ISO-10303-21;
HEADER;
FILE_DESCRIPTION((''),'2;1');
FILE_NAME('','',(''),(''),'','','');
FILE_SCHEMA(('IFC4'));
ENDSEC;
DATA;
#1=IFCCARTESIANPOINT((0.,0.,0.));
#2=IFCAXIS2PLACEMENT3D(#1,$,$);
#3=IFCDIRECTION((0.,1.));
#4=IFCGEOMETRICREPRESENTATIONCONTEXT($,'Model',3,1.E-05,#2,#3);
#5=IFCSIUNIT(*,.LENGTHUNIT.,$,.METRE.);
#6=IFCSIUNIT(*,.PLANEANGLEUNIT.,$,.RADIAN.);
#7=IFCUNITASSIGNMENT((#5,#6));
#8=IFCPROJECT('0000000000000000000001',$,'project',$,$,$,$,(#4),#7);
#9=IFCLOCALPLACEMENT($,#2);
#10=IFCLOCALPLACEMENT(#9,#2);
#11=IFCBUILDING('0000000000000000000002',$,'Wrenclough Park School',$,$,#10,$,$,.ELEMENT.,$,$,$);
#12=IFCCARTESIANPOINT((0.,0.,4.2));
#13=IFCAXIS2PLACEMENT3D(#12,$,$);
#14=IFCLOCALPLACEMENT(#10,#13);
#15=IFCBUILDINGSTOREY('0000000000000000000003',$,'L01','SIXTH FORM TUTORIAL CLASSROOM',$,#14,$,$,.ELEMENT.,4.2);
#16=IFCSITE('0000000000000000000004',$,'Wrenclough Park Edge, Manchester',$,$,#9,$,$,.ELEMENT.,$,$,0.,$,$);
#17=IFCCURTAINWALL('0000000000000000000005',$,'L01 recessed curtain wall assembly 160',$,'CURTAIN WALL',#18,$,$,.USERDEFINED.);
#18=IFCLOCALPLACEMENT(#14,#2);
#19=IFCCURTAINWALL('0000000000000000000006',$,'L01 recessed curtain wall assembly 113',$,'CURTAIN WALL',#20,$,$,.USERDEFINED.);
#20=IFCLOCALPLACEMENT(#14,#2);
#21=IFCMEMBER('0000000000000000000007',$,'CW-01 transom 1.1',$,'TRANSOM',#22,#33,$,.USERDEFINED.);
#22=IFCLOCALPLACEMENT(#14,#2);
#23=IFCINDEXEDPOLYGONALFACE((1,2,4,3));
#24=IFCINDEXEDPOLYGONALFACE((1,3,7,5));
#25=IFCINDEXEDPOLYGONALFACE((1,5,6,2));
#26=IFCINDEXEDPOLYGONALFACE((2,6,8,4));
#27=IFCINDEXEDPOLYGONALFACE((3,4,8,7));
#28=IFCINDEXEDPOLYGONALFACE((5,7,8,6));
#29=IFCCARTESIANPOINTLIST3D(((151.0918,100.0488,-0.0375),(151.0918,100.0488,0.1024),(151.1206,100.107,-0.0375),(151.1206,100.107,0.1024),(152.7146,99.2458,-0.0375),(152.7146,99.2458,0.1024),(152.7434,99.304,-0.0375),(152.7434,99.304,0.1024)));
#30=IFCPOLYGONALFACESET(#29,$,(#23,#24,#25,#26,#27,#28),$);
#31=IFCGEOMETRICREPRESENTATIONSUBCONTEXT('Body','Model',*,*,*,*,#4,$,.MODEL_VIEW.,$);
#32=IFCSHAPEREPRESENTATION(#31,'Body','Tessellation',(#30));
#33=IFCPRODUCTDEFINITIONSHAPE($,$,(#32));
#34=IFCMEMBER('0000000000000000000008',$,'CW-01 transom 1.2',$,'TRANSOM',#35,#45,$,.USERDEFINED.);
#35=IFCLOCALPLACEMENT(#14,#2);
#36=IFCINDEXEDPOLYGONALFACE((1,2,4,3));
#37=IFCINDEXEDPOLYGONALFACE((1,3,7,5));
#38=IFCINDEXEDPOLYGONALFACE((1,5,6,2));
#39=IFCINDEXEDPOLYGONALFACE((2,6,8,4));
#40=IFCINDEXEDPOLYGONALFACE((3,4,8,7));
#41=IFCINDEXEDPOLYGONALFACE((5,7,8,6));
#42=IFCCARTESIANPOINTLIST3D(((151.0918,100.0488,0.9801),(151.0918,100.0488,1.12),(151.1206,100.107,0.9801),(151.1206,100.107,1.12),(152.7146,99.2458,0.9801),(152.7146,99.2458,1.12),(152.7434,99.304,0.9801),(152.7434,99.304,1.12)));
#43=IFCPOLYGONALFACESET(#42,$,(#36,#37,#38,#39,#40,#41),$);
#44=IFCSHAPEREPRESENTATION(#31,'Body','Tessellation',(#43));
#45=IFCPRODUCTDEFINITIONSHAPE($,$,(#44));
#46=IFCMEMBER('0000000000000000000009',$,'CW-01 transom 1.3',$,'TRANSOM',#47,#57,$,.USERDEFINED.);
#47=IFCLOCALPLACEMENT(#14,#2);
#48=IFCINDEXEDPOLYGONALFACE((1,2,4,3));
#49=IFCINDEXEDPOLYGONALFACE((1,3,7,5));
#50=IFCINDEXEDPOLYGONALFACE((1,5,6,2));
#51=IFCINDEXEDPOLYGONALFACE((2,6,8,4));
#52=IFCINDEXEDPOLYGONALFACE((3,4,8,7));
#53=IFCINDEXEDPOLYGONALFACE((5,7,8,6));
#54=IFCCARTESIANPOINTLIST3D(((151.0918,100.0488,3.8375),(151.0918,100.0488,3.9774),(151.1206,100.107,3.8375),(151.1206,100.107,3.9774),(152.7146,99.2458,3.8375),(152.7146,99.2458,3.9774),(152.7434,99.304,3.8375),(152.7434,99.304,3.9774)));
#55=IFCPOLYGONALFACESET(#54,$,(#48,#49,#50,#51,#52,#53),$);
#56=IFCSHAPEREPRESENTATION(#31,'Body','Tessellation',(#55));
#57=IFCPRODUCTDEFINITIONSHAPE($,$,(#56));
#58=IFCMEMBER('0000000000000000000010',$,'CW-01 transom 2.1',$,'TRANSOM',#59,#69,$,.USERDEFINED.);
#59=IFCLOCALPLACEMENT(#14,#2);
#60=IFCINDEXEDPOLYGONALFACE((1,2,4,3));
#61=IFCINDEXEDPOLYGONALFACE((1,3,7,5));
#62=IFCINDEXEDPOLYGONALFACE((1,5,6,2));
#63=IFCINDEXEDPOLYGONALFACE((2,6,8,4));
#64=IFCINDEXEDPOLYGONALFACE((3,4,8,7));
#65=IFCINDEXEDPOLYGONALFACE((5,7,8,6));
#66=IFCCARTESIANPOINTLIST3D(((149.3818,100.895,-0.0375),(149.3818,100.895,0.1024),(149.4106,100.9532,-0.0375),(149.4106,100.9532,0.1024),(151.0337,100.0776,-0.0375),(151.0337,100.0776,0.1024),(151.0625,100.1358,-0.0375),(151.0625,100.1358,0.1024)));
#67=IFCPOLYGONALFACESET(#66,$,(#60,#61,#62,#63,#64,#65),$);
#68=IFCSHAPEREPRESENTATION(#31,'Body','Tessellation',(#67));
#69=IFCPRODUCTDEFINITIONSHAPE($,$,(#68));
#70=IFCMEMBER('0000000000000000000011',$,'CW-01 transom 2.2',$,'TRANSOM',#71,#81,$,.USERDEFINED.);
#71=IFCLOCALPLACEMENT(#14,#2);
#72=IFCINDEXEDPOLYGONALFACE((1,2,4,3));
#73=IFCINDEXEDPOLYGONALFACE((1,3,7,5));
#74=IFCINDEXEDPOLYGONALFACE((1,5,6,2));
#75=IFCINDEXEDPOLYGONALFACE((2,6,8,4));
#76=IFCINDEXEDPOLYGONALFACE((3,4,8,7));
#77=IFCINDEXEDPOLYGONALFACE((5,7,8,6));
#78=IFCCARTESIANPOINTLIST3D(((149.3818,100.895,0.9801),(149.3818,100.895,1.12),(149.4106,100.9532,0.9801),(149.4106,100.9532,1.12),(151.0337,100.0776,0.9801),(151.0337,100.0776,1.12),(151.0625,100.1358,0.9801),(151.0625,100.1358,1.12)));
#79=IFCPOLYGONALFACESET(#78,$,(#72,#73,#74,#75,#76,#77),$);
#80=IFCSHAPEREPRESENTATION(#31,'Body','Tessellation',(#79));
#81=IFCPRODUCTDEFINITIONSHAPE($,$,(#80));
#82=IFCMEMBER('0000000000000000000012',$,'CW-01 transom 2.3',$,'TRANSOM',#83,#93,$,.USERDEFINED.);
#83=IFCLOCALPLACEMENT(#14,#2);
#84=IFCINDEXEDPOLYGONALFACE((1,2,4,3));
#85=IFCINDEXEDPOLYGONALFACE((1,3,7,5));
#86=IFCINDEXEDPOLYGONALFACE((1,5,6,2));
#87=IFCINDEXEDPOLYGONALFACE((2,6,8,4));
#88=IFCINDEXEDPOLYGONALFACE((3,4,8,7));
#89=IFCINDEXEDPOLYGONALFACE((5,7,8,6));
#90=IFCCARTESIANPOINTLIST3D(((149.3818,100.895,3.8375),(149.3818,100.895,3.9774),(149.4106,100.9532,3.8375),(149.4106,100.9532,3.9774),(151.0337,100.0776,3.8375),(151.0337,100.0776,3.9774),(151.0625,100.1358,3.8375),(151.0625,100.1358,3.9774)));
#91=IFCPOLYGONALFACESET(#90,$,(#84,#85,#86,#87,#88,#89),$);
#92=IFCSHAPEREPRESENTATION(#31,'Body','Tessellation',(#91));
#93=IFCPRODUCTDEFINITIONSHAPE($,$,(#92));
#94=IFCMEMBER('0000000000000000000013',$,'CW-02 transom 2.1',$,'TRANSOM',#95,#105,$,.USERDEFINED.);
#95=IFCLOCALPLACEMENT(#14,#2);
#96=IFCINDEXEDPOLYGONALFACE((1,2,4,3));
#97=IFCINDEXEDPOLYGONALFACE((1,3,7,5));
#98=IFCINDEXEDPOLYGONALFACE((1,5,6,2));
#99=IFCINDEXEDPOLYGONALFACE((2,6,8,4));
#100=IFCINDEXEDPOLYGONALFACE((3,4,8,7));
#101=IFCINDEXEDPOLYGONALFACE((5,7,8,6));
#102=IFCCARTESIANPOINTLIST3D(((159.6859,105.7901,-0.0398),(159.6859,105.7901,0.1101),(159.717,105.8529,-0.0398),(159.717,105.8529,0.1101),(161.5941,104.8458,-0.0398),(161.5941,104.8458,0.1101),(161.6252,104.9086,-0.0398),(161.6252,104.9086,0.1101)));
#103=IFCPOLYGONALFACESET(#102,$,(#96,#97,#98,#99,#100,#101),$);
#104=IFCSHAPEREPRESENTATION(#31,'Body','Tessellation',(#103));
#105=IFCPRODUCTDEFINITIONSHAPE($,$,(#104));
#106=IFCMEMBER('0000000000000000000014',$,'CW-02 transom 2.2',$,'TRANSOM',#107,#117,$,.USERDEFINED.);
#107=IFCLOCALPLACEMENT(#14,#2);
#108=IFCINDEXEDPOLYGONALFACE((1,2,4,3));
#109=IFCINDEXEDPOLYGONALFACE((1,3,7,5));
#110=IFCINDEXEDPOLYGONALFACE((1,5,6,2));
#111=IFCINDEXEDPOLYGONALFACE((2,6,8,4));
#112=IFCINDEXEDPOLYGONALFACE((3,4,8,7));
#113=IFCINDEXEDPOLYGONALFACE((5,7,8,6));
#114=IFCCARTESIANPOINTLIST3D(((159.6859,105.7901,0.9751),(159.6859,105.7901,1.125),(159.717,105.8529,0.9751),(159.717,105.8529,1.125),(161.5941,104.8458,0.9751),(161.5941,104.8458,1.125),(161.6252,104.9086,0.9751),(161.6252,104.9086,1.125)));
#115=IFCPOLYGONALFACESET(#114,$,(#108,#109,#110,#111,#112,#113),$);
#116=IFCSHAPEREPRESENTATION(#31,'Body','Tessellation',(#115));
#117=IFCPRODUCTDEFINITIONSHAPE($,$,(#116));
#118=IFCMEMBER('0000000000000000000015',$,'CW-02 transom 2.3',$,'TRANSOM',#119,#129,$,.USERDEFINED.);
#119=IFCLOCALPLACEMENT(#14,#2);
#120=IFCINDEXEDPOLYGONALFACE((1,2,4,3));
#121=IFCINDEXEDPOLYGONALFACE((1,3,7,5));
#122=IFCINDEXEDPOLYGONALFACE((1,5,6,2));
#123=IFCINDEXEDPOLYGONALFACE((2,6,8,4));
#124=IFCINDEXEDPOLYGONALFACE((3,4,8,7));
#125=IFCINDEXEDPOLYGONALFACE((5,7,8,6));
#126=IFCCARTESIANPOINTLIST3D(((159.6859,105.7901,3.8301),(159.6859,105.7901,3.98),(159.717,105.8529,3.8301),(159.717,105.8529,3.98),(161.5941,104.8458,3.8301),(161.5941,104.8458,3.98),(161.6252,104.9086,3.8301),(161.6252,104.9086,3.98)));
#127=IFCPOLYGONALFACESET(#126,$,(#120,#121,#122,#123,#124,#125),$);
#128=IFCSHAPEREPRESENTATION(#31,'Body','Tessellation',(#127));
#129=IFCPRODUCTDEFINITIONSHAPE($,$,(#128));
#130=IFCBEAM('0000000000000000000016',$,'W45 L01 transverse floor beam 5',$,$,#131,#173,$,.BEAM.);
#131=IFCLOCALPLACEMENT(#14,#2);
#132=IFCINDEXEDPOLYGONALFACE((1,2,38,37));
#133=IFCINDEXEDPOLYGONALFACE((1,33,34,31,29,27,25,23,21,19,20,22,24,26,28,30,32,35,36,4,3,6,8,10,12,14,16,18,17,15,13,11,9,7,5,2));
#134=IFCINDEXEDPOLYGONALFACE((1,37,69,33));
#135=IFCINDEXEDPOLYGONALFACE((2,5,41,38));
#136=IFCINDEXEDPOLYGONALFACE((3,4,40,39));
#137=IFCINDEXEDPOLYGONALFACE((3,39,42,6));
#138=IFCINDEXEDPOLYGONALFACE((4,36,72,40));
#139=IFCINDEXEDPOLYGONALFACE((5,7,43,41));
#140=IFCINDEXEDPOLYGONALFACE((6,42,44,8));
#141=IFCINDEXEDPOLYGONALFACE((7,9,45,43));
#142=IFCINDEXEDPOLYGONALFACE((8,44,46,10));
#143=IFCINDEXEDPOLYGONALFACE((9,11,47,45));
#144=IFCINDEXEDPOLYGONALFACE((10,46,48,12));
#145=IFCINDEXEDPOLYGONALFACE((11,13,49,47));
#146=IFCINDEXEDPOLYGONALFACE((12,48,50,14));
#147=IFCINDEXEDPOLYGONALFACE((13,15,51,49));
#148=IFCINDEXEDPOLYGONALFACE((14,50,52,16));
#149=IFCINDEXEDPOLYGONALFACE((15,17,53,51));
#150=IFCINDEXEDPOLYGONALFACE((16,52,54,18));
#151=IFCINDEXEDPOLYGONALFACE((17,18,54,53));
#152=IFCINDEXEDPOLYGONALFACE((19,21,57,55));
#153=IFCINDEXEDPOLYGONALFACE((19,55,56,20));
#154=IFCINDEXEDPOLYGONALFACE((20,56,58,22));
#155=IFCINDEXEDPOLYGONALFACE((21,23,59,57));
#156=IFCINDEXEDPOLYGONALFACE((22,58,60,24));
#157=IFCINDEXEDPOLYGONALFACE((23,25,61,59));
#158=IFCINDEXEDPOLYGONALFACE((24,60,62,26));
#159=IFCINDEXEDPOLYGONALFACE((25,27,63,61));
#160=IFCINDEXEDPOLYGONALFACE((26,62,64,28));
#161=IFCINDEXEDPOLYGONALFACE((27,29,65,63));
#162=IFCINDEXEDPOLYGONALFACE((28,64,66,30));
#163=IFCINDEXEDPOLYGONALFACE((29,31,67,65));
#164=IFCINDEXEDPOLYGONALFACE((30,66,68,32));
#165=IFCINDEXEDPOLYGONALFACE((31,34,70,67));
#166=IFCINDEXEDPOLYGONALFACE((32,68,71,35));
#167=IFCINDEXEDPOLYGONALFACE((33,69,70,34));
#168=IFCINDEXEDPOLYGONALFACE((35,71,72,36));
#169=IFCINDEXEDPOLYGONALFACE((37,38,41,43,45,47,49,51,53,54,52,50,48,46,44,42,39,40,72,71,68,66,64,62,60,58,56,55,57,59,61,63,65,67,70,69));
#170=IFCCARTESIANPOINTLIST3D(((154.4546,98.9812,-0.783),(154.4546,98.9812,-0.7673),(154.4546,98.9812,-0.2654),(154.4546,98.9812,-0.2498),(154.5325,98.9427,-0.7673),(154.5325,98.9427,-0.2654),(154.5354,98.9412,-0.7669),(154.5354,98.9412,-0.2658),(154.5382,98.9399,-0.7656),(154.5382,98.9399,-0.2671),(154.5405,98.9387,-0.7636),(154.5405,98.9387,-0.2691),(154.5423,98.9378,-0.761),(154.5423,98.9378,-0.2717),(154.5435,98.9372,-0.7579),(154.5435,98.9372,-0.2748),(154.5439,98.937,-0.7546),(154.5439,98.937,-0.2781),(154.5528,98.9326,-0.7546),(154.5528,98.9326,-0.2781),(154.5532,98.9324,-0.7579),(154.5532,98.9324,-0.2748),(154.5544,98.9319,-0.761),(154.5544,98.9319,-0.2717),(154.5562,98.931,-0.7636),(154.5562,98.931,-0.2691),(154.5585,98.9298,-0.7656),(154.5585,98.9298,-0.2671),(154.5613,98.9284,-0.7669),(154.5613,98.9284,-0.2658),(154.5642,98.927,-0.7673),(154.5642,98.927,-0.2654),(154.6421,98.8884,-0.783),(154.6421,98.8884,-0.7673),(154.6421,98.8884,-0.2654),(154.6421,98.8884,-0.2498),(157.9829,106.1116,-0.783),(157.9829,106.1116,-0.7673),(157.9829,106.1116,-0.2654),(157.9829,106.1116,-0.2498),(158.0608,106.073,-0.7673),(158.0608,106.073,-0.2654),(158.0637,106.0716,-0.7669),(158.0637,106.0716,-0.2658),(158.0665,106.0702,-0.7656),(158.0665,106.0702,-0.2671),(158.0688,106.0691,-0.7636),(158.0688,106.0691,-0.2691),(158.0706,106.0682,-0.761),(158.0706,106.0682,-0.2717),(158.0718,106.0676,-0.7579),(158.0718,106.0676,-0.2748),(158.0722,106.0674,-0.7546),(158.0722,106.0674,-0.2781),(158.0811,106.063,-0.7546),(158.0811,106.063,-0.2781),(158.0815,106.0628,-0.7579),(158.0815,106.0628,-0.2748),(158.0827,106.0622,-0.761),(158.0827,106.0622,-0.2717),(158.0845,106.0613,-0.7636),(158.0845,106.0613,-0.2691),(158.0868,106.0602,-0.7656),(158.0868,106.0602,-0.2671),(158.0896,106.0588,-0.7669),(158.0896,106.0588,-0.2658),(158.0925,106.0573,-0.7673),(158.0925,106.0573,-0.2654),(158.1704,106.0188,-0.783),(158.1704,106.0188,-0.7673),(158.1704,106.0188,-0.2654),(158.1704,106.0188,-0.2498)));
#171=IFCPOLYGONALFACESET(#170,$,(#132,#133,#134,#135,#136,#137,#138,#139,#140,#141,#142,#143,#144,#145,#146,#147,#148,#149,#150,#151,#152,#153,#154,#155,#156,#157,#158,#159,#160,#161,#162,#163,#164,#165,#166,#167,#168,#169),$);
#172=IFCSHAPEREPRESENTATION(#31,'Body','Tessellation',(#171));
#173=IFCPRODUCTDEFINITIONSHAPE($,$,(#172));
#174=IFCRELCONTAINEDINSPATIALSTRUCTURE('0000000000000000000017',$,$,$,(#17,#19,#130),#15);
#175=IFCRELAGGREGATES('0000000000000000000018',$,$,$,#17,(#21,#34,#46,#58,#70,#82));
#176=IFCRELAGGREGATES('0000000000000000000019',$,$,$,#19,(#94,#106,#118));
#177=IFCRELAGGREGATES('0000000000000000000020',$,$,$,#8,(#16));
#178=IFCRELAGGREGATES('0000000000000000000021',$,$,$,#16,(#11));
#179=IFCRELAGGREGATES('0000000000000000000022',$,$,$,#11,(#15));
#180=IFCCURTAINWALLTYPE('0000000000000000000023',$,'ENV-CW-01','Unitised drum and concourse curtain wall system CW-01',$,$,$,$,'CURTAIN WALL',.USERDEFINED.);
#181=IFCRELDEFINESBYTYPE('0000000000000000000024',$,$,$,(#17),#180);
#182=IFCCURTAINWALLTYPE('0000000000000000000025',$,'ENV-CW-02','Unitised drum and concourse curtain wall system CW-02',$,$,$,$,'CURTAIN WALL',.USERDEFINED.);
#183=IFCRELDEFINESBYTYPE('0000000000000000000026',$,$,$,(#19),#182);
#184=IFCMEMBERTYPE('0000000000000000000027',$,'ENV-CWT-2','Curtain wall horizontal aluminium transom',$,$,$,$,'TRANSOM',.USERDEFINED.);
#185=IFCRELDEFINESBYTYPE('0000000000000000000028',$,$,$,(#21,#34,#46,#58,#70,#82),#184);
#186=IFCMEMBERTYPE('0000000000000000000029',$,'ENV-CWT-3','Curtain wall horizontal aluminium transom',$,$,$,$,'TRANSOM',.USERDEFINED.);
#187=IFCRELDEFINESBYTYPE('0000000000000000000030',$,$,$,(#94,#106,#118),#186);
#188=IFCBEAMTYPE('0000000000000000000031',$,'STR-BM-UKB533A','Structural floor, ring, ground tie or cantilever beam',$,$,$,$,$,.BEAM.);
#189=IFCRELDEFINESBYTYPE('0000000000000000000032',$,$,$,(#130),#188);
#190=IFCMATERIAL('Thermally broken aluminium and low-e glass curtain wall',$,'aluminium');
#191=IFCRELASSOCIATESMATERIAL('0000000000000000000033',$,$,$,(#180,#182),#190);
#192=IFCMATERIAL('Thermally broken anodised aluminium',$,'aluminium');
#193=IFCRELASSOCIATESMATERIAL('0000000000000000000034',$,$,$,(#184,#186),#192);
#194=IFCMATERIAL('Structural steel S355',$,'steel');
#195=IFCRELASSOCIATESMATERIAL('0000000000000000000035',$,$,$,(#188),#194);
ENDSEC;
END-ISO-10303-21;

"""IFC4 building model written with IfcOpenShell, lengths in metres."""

from ifc_helpers import new_model, si_unit, direction, frame, origin, origin_2d, place, context, subcontext, project, spatial, rectangle, i_section, extrude, material, material_profile, profile_set, type_object, element, aggregate, save


model = new_model("IFC4")

# Units and contexts
model_context = context("Model", 3, precision=1e-05, world=origin(), true_north=direction((0.0, 1.0)))
body_context = subcontext(model_context, "Body", "Model", "MODEL_VIEW")
ifc_project = project(units=[si_unit("LENGTHUNIT", "METRE"), si_unit("PLANEANGLEUNIT", "RADIAN")], contexts=[model_context])

# Site, building, storey
site_placement = place(None, origin())
site = spatial("IfcSite", under=ifc_project, at=site_placement, Name="Wrenclough Park Edge, Manchester", CompositionType="ELEMENT", RefElevation=0.0)
building_placement = place(site_placement, origin())
building = spatial("IfcBuilding", under=site, at=building_placement, Name="Wrenclough Park School", CompositionType="ELEMENT")
storey_placement = place(building_placement, frame((0.0, 0.0, 4.2)))
storey = spatial("IfcBuildingStorey", under=building, at=storey_placement, Name="L01", Description="SIXTH FORM TUTORIAL CLASSROOM", CompositionType="ELEMENT", Elevation=4.2)

# Shared definitions
ifc_material_1 = material(Name="Structural steel S355", Category="steel")

# Shared definitions
ifc_material_2 = material(Name="Thermally broken aluminium and low-e glass curtain wall", Category="aluminium")
ifc_material_3 = material(Name="Thermally broken anodised aluminium", Category="aluminium")

# Curtain wall
curtain_wall_type_1 = type_object("IfcCurtainWallType", Name="ENV-CW-01", Description="Unitised drum and concourse curtain wall system CW-01", ElementType="CURTAIN WALL", PredefinedType="USERDEFINED", material=ifc_material_2)
curtain_wall_1_placement = place(storey_placement, origin())
curtain_wall_1 = element("IfcCurtainWall", 1, at=curtain_wall_1_placement, inside=storey, type_object=curtain_wall_type_1, Name="L01 recessed curtain wall assembly 160", ObjectType="CURTAIN WALL", PredefinedType="USERDEFINED")

# Curtain wall
curtain_wall_type_2 = type_object("IfcCurtainWallType", Name="ENV-CW-02", Description="Unitised drum and concourse curtain wall system CW-02", ElementType="CURTAIN WALL", PredefinedType="USERDEFINED", material=ifc_material_2)
curtain_wall_2_placement = place(storey_placement, origin())
curtain_wall_2 = element("IfcCurtainWall", 2, at=curtain_wall_2_placement, inside=storey, type_object=curtain_wall_type_2, Name="L01 recessed curtain wall assembly 113", ObjectType="CURTAIN WALL", PredefinedType="USERDEFINED")

# Members
ifc_material_profile_1 = material_profile(ifc_material_3, rectangle(XDim=0.0649, YDim=0.1399, at=origin_2d()), Name="AL TRANSOM 65x140")
ifc_profile_set_1 = profile_set([ifc_material_profile_1], Name="Thermally broken anodised aluminium")
member_type_1 = type_object("IfcMemberType", Name="ENV-CWT-2", Description="Curtain wall horizontal aluminium transom", ElementType="TRANSOM", PredefinedType="USERDEFINED", material=ifc_profile_set_1)
member_1_placement = place(storey_placement, frame((152.729, 99.2749, 0.0325), z_axis=(-0.89628, 0.443488, 0.0), x_axis=(-0.443488, -0.89628, 0.0)))
member_1 = element("IfcMember", 3, at=member_1_placement, type_object=member_type_1, Name="CW-01 transom 1.1", ObjectType="TRANSOM", PredefinedType="USERDEFINED", context=body_context, shape_type="SweptSolid", body=[
    extrude(rectangle(XDim=0.0649, YDim=0.1399, at=origin_2d()), origin(), (0.0, 0.0, 1.0), 1.8105),
])
member_2_placement = place(storey_placement, frame((152.729, 99.2749, 1.05), z_axis=(-0.89628, 0.443488, 0.0), x_axis=(-0.443488, -0.89628, 0.0)))
member_2 = element("IfcMember", 4, at=member_2_placement, type_object=member_type_1, Name="CW-01 transom 1.2", ObjectType="TRANSOM", PredefinedType="USERDEFINED", context=body_context, shape_type="SweptSolid", body=[
    extrude(rectangle(XDim=0.0649, YDim=0.1399, at=origin_2d()), origin(), (0.0, 0.0, 1.0), 1.8105),
])
member_3_placement = place(storey_placement, frame((152.729, 99.2749, 3.9075), z_axis=(-0.89628, 0.443488, 0.0), x_axis=(-0.443488, -0.89628, 0.0)))
member_3 = element("IfcMember", 5, at=member_3_placement, type_object=member_type_1, Name="CW-01 transom 1.3", ObjectType="TRANSOM", PredefinedType="USERDEFINED", context=body_context, shape_type="SweptSolid", body=[
    extrude(rectangle(XDim=0.0649, YDim=0.1399, at=origin_2d()), origin(), (0.0, 0.0, 1.0), 1.8105),
])
member_4_placement = place(storey_placement, frame((151.0481, 100.1067, 0.0325), z_axis=(-0.896274, 0.443501, 0.0), x_axis=(-0.443501, -0.896274, 0.0)))
member_4 = element("IfcMember", 6, at=member_4_placement, type_object=member_type_1, Name="CW-01 transom 2.1", ObjectType="TRANSOM", PredefinedType="USERDEFINED", context=body_context, shape_type="SweptSolid", body=[
    extrude(rectangle(XDim=0.0649, YDim=0.1399, at=origin_2d()), origin(), (0.0, 0.0, 1.0), 1.843),
])
member_5_placement = place(storey_placement, frame((151.0481, 100.1067, 1.05), z_axis=(-0.896274, 0.443501, 0.0), x_axis=(-0.443501, -0.896274, 0.0)))
member_5 = element("IfcMember", 7, at=member_5_placement, type_object=member_type_1, Name="CW-01 transom 2.2", ObjectType="TRANSOM", PredefinedType="USERDEFINED", context=body_context, shape_type="SweptSolid", body=[
    extrude(rectangle(XDim=0.0649, YDim=0.1399, at=origin_2d()), origin(), (0.0, 0.0, 1.0), 1.843),
])
member_6_placement = place(storey_placement, frame((151.0481, 100.1067, 3.9075), z_axis=(-0.896274, 0.443501, 0.0), x_axis=(-0.443501, -0.896274, 0.0)))
member_6 = element("IfcMember", 8, at=member_6_placement, type_object=member_type_1, Name="CW-01 transom 2.3", ObjectType="TRANSOM", PredefinedType="USERDEFINED", context=body_context, shape_type="SweptSolid", body=[
    extrude(rectangle(XDim=0.0649, YDim=0.1399, at=origin_2d()), origin(), (0.0, 0.0, 1.0), 1.843),
])
ifc_material_profile_2 = material_profile(ifc_material_3, rectangle(XDim=0.0701, YDim=0.1499, at=origin_2d()), Name="AL TRANSOM 70x150")
ifc_profile_set_2 = profile_set([ifc_material_profile_2], Name="Thermally broken anodised aluminium")
member_type_2 = type_object("IfcMemberType", Name="ENV-CWT-3", Description="Curtain wall horizontal aluminium transom", ElementType="TRANSOM", PredefinedType="USERDEFINED", material=ifc_profile_set_2)
member_7_placement = place(storey_placement, frame((159.7014, 105.8215, 0.0352), z_axis=(0.896254, -0.44354, 0.0), x_axis=(0.44354, 0.896254, 0.0)))
member_7 = element("IfcMember", 9, at=member_7_placement, type_object=member_type_2, Name="CW-02 transom 2.1", ObjectType="TRANSOM", PredefinedType="USERDEFINED", context=body_context, shape_type="SweptSolid", body=[
    extrude(rectangle(XDim=0.0701, YDim=0.1499, at=origin_2d()), origin(), (0.0, 0.0, 1.0), 2.1292),
])
member_8_placement = place(storey_placement, frame((159.7014, 105.8215, 1.05), z_axis=(0.896254, -0.44354, 0.0), x_axis=(0.44354, 0.896254, 0.0)))
member_8 = element("IfcMember", 10, at=member_8_placement, type_object=member_type_2, Name="CW-02 transom 2.2", ObjectType="TRANSOM", PredefinedType="USERDEFINED", context=body_context, shape_type="SweptSolid", body=[
    extrude(rectangle(XDim=0.0701, YDim=0.1499, at=origin_2d()), origin(), (0.0, 0.0, 1.0), 2.1292),
])
member_9_placement = place(storey_placement, frame((159.7014, 105.8215, 3.905), z_axis=(0.896254, -0.44354, 0.0), x_axis=(0.44354, 0.896254, 0.0)))
member_9 = element("IfcMember", 11, at=member_9_placement, type_object=member_type_2, Name="CW-02 transom 2.3", ObjectType="TRANSOM", PredefinedType="USERDEFINED", context=body_context, shape_type="SweptSolid", body=[
    extrude(rectangle(XDim=0.0701, YDim=0.1499, at=origin_2d()), origin(), (0.0, 0.0, 1.0), 2.1292),
])

# Beam
ifc_material_profile_3 = material_profile(ifc_material_1, i_section(OverallWidth=0.2092, OverallDepth=0.5332, WebThickness=0.01, FlangeThickness=0.0156, FilletRadius=0.0127, at=origin_2d()), Name="UKB 533x210x92")
ifc_profile_set_3 = profile_set([ifc_material_profile_3], Name="Structural steel S355")
beam_type = type_object("IfcBeamType", Name="STR-BM-UKB533A", Description="Structural floor, ring, ground tie or cantilever beam", PredefinedType="BEAM", material=ifc_profile_set_3)
beam_1_placement = place(storey_placement, frame((158.0767, 106.0652, -0.5164), z_axis=(-0.443503, -0.896273, 0.0), x_axis=(0.896273, -0.443503, 0.0)))
element("IfcBeam", 12, at=beam_1_placement, inside=storey, type_object=beam_type, Name="W45 L01 transverse floor beam 5", PredefinedType="BEAM", context=body_context, shape_type="SweptSolid", body=[
    extrude(i_section(OverallWidth=0.2092, OverallDepth=0.5332, WebThickness=0.01, FlangeThickness=0.0156, FilletRadius=0.0127, at=origin_2d()), origin(), (0.0, 0.0, 1.0), 7.9556),
])

aggregate(curtain_wall_1, [member_1, member_2, member_3, member_4, member_5, member_6])
aggregate(curtain_wall_2, [member_7, member_8, member_9])

save(model, "model.ifc")
